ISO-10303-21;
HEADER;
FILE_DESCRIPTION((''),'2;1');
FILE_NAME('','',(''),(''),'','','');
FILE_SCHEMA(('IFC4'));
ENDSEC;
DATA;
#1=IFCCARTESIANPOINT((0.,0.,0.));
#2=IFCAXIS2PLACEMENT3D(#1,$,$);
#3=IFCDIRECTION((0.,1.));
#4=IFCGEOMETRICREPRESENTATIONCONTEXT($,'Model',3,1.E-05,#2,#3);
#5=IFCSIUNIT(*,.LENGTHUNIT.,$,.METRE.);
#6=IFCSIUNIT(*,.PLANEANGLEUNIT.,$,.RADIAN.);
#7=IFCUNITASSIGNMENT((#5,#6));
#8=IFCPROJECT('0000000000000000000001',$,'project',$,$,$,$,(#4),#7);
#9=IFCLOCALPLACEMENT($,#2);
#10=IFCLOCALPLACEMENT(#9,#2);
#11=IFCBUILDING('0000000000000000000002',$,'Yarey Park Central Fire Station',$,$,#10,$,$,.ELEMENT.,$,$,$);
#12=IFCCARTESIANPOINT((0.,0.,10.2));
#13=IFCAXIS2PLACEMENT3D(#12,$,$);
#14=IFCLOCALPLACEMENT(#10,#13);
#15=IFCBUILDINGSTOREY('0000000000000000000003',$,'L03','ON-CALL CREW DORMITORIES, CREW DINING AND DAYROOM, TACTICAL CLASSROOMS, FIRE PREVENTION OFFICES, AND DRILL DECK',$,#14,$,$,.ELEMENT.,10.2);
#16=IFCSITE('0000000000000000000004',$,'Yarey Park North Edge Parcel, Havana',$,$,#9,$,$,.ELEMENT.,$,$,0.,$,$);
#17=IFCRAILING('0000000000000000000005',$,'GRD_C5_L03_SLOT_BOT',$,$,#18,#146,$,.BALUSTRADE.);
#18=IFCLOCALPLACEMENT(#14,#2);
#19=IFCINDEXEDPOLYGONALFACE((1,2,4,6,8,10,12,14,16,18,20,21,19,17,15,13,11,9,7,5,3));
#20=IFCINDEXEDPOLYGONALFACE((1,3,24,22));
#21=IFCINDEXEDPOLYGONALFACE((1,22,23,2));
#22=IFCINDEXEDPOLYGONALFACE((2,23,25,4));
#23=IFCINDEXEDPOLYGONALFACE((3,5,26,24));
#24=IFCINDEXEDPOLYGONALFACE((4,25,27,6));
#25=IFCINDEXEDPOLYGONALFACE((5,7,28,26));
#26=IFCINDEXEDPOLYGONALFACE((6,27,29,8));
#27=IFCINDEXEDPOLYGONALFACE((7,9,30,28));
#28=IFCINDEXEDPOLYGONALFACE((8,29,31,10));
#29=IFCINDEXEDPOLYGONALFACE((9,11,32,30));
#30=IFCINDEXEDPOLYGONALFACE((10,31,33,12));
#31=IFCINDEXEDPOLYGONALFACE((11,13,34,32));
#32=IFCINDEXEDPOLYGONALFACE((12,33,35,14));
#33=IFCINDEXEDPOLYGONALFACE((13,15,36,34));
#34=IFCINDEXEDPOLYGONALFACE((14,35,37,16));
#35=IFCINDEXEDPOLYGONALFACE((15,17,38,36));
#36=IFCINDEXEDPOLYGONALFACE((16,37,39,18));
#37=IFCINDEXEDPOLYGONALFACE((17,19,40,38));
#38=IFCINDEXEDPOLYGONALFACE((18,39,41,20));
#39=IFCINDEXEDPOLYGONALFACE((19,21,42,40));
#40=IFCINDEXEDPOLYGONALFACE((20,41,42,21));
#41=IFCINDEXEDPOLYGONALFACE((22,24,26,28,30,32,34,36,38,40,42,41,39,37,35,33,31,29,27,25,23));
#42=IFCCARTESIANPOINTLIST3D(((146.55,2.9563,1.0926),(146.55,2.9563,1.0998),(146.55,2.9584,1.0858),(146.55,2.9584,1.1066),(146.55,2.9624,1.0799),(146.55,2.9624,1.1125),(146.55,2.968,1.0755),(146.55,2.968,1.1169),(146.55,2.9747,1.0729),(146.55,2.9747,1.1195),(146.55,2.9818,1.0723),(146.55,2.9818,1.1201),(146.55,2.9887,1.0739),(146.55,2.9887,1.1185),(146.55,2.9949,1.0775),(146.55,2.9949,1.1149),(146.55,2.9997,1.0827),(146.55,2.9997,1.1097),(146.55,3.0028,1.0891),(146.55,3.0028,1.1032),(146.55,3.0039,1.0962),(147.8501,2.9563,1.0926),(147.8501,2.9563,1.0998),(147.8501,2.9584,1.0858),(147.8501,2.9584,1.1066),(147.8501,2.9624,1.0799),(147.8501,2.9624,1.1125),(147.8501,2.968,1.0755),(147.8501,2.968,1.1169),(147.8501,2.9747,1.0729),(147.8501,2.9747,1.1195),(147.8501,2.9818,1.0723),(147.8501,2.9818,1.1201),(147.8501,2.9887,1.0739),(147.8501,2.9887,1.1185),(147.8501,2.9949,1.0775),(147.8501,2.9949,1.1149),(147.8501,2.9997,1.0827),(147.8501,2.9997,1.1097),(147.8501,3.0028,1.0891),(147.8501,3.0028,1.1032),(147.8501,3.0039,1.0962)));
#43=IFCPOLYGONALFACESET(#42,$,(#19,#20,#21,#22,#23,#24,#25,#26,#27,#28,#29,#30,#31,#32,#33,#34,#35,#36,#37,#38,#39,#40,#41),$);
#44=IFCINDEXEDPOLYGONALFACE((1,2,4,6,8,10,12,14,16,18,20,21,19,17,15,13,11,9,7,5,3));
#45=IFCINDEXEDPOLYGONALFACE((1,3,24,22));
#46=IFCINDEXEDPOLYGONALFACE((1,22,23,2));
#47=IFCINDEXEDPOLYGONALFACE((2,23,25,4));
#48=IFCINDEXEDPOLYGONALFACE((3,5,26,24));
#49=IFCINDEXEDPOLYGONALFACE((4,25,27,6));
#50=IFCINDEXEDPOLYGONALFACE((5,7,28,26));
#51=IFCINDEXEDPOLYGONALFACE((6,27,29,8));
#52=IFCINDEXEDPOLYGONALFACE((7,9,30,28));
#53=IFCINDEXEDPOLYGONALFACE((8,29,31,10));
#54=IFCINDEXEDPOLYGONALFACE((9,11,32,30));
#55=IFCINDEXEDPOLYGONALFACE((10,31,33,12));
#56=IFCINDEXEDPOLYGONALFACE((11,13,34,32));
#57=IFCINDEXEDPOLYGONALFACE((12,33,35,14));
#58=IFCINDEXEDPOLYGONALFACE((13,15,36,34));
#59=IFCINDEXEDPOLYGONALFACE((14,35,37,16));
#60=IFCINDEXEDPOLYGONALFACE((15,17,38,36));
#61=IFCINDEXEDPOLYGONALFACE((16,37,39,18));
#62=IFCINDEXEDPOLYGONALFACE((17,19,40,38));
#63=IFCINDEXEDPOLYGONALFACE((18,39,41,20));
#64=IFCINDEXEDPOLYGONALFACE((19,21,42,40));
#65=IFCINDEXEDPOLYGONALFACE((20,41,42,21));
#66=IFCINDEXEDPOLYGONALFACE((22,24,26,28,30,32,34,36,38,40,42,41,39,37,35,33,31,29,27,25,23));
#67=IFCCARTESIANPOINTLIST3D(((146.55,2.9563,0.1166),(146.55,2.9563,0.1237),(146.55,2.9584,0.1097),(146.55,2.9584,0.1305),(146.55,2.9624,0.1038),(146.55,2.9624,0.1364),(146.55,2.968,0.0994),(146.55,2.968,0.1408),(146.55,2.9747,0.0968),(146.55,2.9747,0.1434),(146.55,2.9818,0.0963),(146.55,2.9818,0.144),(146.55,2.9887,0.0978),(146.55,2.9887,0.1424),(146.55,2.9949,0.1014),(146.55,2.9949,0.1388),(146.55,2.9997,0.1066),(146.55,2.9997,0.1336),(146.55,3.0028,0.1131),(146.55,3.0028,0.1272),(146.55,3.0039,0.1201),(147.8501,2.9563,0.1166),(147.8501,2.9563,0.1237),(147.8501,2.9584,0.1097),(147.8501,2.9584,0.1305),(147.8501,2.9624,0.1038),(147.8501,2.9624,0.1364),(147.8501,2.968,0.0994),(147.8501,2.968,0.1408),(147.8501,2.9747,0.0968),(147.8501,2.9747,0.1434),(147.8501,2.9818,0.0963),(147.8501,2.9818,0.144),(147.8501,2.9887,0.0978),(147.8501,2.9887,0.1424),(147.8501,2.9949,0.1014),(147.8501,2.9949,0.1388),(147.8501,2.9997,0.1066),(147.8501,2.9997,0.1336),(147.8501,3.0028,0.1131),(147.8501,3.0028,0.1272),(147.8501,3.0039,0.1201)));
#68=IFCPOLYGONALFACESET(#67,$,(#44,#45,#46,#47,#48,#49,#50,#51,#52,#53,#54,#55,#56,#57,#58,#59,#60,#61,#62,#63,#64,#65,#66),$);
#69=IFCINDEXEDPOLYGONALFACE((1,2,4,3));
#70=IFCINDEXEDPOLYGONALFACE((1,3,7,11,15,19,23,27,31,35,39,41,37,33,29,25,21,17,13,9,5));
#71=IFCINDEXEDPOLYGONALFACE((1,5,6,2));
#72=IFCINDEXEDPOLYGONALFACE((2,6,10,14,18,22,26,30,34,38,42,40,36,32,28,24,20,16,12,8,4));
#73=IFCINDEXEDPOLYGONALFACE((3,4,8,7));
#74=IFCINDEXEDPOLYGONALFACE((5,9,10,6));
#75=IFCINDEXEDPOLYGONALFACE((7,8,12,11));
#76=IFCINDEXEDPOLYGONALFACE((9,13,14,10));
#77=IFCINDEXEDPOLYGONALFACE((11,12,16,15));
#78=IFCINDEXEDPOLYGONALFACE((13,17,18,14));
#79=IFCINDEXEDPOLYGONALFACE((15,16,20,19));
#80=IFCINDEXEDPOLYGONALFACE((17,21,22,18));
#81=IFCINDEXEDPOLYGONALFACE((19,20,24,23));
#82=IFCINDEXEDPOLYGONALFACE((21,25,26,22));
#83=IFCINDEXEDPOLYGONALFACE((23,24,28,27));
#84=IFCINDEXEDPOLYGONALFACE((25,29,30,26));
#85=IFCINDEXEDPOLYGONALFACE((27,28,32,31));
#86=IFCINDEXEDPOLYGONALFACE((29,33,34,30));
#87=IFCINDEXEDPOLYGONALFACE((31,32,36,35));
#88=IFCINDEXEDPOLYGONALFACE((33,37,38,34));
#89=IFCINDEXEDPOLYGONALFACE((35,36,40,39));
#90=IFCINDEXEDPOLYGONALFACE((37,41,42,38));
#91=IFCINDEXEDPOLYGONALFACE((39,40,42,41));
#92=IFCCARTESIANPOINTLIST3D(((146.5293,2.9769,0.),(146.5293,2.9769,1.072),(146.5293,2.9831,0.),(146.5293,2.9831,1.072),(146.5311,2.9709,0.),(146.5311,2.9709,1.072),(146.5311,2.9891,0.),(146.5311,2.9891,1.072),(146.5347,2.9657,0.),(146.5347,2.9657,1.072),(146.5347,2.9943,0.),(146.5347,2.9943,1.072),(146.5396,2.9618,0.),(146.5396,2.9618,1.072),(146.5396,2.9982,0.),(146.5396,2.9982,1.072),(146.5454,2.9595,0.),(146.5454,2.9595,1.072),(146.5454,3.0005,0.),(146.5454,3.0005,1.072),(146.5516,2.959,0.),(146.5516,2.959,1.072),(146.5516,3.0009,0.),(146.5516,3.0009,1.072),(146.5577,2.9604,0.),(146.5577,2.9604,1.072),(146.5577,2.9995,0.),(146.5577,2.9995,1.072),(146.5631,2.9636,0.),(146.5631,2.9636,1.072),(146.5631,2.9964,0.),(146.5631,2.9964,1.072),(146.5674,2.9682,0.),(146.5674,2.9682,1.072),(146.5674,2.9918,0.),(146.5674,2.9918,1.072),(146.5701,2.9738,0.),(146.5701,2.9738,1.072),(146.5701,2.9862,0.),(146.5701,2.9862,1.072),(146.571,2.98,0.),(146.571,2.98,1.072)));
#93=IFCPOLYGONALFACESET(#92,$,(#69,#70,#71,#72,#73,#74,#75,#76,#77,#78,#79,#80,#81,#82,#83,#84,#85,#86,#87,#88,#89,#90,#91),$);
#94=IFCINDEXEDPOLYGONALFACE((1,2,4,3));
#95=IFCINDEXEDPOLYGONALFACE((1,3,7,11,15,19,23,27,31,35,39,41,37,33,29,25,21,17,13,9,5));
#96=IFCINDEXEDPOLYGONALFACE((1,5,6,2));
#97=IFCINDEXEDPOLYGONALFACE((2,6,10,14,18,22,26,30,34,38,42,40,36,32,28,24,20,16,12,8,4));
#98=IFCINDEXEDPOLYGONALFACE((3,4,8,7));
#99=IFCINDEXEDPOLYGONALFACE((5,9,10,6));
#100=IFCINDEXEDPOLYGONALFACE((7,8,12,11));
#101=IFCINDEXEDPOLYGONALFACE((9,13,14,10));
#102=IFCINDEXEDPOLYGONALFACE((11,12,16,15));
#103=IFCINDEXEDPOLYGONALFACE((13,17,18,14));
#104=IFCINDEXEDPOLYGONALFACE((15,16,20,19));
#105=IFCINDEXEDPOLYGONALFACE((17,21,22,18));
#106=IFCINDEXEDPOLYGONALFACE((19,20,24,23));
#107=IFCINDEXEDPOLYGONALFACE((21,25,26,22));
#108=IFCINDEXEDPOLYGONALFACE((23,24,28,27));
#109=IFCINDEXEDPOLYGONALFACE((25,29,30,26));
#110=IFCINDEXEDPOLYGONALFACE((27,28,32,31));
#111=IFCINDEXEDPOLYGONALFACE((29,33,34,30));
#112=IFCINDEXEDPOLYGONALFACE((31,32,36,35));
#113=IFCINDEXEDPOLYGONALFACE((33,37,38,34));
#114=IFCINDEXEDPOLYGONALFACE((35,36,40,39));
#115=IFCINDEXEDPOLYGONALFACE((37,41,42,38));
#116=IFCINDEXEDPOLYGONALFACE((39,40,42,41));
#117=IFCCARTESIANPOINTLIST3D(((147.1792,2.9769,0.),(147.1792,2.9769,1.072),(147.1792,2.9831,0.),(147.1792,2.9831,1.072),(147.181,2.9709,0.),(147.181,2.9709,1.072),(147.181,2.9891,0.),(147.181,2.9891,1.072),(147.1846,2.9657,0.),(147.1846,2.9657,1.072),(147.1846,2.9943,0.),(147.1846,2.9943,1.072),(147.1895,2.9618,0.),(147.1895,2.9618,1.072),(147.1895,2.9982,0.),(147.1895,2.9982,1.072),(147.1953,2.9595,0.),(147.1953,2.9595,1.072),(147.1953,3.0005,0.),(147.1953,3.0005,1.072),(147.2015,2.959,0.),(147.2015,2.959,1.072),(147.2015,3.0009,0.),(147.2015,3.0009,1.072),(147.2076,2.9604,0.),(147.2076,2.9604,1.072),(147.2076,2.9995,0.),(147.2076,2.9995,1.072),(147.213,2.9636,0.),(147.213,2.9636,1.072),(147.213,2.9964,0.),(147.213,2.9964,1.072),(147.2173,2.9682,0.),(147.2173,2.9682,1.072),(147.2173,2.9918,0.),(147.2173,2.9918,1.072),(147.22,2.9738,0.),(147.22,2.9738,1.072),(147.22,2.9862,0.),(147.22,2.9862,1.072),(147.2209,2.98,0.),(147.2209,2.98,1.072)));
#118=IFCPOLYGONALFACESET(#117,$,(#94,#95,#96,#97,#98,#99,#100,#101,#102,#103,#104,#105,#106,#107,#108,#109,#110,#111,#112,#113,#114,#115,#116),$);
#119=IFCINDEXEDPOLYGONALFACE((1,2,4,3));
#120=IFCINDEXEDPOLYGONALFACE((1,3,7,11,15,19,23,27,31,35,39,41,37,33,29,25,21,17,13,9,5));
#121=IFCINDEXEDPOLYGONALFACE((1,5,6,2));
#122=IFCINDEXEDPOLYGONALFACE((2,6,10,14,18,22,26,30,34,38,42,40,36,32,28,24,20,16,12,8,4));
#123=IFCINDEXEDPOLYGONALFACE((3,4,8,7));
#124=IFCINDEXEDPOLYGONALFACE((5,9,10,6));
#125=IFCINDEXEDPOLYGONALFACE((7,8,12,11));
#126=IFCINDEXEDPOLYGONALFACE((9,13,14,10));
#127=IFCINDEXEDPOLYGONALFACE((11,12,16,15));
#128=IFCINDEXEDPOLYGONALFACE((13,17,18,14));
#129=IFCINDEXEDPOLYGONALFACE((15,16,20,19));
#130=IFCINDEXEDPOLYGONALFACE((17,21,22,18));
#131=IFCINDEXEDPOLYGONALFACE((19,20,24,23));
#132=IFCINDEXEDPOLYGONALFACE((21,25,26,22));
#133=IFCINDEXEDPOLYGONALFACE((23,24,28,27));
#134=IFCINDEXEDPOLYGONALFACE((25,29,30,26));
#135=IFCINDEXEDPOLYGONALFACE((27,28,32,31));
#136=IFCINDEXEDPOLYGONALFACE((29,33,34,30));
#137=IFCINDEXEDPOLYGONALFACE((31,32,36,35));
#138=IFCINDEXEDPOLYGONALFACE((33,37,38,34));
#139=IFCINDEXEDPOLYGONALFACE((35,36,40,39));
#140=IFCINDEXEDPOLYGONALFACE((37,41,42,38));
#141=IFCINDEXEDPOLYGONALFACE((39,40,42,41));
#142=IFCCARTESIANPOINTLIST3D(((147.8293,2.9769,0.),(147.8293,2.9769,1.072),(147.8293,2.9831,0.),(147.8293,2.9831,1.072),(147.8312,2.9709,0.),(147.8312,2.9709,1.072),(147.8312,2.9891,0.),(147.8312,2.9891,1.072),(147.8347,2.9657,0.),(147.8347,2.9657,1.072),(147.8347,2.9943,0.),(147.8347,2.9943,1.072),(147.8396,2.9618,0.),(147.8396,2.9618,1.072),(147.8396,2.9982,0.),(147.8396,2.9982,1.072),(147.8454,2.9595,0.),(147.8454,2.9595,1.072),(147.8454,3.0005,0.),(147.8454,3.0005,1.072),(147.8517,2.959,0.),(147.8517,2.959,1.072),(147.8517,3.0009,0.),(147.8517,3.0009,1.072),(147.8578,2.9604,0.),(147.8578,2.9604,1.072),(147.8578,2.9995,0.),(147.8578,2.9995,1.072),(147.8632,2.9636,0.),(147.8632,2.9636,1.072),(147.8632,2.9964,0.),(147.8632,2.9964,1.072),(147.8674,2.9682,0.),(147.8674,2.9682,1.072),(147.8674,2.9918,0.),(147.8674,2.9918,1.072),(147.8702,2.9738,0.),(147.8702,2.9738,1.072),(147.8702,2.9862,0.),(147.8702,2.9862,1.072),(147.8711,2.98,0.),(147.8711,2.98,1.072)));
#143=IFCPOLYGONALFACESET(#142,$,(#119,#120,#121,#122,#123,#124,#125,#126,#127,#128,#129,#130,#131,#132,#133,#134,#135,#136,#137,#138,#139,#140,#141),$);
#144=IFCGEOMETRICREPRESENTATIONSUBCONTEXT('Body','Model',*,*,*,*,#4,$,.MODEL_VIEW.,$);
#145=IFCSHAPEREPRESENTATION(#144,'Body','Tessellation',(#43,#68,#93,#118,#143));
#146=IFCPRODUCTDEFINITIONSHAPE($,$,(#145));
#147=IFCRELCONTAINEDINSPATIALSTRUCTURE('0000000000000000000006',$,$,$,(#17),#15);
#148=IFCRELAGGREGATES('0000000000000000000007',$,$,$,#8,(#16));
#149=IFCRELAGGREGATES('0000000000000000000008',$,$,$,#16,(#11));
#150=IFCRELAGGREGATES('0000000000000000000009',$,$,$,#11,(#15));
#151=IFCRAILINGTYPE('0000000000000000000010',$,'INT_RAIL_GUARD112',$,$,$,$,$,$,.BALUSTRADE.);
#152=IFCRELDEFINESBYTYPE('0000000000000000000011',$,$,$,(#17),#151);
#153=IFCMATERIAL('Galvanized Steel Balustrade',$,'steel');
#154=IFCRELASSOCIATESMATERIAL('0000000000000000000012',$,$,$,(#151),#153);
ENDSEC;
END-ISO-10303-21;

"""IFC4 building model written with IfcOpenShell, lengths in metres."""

from ifc_helpers import new_model, si_unit, direction, frame, origin, origin_2d, place, context, subcontext, project, spatial, circle, extrude, material, type_object, element, save


model = new_model("IFC4")

# Units and contexts
model_context = context("Model", 3, precision=1e-05, world=origin(), true_north=direction((0.0, 1.0)))
body_context = subcontext(model_context, "Body", "Model", "MODEL_VIEW")
ifc_project = project(units=[si_unit("LENGTHUNIT", "METRE"), si_unit("PLANEANGLEUNIT", "RADIAN")], contexts=[model_context])

# Site, building, storey
site_placement = place(None, origin())
site = spatial("IfcSite", under=ifc_project, at=site_placement, Name="Yarey Park North Edge Parcel, Havana", CompositionType="ELEMENT", RefElevation=0.0)
building_placement = place(site_placement, origin())
building = spatial("IfcBuilding", under=site, at=building_placement, Name="Yarey Park Central Fire Station", CompositionType="ELEMENT")
storey_placement = place(building_placement, frame((0.0, 0.0, 10.2)))
storey = spatial("IfcBuildingStorey", under=building, at=storey_placement, Name="L03", Description="ON-CALL CREW DORMITORIES, CREW DINING AND DAYROOM, TACTICAL CLASSROOMS, FIRE PREVENTION OFFICES, AND DRILL DECK", CompositionType="ELEMENT", Elevation=10.2)

# Railing
ifc_material_1 = material(Name="Galvanized Steel Balustrade", Category="steel")
railing_type_1 = type_object("IfcRailingType", Name="INT_RAIL_GUARD112", PredefinedType="BALUSTRADE", material=ifc_material_1)
for number, where, name in (
    (1, (146.55, 2.98, 0.0), "GRD_C5_L03_SLOT_BOT"),
):
    element("IfcRailing", number, at=place(storey_placement, frame(where)), inside=storey, type_object=railing_type_1, Name=name, PredefinedType="BALUSTRADE", context=body_context, shape_type="SweptSolid", body=[
        extrude(circle(Radius=0.0239, at=origin_2d()), frame((0.0, 0.0, 1.0962), z_axis=(1.0, 0.0, 0.0), x_axis=(0.0, 1.0, 0.0)), (0.0, 0.0, 1.0), 1.3),
        extrude(circle(Radius=0.0239, at=origin_2d()), frame((0.0, 0.0, 0.1201), z_axis=(1.0, 0.0, 0.0), x_axis=(0.0, 1.0, 0.0)), (0.0, 0.0, 1.0), 1.3),
        extrude(circle(Radius=0.021, at=origin_2d()), origin(), (0.0, 0.0, 1.0), 1.072),
        extrude(circle(Radius=0.021, at=origin_2d()), frame((0.6499, 0.0, 0.0)), (0.0, 0.0, 1.0), 1.072),
        extrude(circle(Radius=0.021, at=origin_2d()), frame((1.3, 0.0, 0.0)), (0.0, 0.0, 1.0), 1.072),
    ])

save(model, "model.ifc")
